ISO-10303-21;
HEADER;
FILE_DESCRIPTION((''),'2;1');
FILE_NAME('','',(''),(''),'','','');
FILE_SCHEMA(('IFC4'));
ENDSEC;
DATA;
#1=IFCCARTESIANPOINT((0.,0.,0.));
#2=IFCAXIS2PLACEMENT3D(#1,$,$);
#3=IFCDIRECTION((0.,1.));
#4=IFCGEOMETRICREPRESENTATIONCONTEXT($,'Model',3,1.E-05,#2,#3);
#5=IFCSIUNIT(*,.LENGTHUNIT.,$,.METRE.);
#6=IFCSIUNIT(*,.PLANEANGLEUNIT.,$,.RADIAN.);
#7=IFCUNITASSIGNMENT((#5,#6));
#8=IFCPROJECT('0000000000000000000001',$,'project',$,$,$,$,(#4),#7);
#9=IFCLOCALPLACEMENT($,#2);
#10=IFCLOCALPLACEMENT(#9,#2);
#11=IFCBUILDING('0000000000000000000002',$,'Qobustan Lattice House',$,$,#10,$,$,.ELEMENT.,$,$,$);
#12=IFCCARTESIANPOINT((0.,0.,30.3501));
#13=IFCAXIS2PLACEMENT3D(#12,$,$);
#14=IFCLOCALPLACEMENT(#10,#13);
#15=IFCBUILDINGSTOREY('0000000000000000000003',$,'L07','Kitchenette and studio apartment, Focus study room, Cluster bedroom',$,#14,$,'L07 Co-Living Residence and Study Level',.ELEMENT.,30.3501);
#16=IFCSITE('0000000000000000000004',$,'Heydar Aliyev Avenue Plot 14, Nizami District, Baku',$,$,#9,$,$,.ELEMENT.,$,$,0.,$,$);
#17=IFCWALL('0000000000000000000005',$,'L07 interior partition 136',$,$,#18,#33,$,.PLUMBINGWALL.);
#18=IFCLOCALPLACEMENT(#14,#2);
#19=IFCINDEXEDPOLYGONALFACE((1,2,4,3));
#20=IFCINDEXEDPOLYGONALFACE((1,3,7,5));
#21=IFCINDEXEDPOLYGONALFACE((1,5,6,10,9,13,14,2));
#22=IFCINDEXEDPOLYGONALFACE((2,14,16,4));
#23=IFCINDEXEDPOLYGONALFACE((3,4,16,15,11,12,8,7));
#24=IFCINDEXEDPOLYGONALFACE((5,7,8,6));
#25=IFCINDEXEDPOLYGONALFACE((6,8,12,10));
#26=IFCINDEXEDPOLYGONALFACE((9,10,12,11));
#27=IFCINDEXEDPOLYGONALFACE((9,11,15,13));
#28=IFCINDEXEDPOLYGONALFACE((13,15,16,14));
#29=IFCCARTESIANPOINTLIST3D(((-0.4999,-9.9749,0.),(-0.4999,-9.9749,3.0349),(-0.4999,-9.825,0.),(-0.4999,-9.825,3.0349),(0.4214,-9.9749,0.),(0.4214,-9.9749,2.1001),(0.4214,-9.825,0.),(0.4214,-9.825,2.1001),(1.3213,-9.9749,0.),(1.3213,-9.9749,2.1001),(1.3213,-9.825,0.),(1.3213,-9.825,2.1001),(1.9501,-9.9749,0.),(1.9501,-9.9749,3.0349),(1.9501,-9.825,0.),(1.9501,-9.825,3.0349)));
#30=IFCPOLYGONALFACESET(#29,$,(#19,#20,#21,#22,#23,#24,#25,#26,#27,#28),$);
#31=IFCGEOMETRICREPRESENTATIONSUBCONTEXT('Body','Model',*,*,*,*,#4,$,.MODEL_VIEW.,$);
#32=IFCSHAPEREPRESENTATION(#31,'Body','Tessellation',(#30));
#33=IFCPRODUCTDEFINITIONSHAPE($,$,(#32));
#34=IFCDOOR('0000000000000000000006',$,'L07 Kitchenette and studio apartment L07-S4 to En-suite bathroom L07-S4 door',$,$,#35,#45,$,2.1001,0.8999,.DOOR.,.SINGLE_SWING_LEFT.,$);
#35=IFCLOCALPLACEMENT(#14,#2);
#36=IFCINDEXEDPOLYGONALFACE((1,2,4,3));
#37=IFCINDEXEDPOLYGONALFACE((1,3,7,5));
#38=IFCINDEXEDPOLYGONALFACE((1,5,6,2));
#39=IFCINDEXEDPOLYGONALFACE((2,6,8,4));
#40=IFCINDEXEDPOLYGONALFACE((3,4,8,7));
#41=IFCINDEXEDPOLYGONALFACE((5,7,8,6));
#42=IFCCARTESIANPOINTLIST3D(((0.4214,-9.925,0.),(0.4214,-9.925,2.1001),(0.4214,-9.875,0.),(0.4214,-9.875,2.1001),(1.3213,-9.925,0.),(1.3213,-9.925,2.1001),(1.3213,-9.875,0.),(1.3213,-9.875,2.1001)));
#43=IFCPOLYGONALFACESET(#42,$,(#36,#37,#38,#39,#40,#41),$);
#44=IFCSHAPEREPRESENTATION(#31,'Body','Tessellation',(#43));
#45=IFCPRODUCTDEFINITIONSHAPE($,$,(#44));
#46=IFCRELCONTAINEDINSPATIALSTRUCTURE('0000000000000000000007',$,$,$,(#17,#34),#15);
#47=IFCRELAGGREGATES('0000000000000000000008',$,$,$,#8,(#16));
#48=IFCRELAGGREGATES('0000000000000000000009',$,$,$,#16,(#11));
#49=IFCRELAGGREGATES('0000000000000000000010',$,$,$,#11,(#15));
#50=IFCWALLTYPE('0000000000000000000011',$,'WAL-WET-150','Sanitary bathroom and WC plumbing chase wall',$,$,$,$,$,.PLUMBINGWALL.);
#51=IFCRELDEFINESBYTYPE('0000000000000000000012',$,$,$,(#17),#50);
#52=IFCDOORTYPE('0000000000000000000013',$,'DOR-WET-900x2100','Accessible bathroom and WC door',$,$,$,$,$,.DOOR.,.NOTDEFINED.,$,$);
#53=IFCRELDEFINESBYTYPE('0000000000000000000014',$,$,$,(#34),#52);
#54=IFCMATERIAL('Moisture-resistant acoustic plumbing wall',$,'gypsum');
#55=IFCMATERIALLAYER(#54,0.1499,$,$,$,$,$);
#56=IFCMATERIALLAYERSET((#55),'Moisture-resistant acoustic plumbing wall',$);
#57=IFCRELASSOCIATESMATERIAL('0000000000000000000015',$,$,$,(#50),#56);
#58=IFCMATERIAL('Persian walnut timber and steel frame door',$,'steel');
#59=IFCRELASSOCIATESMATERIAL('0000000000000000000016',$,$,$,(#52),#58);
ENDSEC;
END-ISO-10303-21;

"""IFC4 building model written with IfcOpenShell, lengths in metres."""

from ifc_helpers import new_model, si_unit, direction, frame, frame_2d, origin, place, context, subcontext, project, spatial, rectangle, extrude, material, layer, layer_set, type_object, element, fill, save


model = new_model("IFC4")

# Units and contexts
model_context = context("Model", 3, precision=1e-05, world=origin(), true_north=direction((0.0, 1.0)))
body_context = subcontext(model_context, "Body", "Model", "MODEL_VIEW")
ifc_project = project(units=[si_unit("LENGTHUNIT", "METRE"), si_unit("PLANEANGLEUNIT", "RADIAN")], contexts=[model_context])

# Site, building, storey
site_placement = place(None, origin())
site = spatial("IfcSite", under=ifc_project, at=site_placement, Name="Heydar Aliyev Avenue Plot 14, Nizami District, Baku", CompositionType="ELEMENT", RefElevation=0.0)
building_placement = place(site_placement, origin())
building = spatial("IfcBuilding", under=site, at=building_placement, Name="Qobustan Lattice House", CompositionType="ELEMENT")
storey_placement = place(building_placement, frame((0.0, 0.0, 30.3501)))
storey = spatial("IfcBuildingStorey", under=building, at=storey_placement, Name="L07", Description="Kitchenette and studio apartment, Focus study room, Cluster bedroom", LongName="L07 Co-Living Residence and Study Level", CompositionType="ELEMENT", Elevation=30.3501)

# Shared definitions
ifc_material_1 = material(Name="Moisture-resistant acoustic plumbing wall", Category="gypsum")
ifc_layer_1 = layer(ifc_material_1, 0.1499)
ifc_layer_set_1 = layer_set([ifc_layer_1], Name="Moisture-resistant acoustic plumbing wall")
wall_type_1 = type_object("IfcWallType", Name="WAL-WET-150", Description="Sanitary bathroom and WC plumbing chase wall", PredefinedType="PLUMBINGWALL", material=ifc_layer_set_1)

# Shared definitions
ifc_material_2 = material(Name="Persian walnut timber and steel frame door", Category="steel")
door_type_1 = type_object("IfcDoorType", Name="DOR-WET-900x2100", Description="Accessible bathroom and WC door", OperationType="NOTDEFINED", PredefinedType="DOOR", material=ifc_material_2)

# Wall, opening, door
wall_1_placement = place(storey_placement, frame((-0.5, -9.8999, 0.0), z_axis=(0.0, 0.0, 1.0), x_axis=(1.0, 0.0, 0.0)))
wall_1 = element("IfcWall", 1, at=wall_1_placement, inside=storey, type_object=wall_type_1, Name="L07 interior partition 136", PredefinedType="PLUMBINGWALL", context=body_context, shape_type="SweptSolid", body=[
    extrude(rectangle(XDim=2.45, YDim=0.1499, at=frame_2d((1.2251, 0.0))), origin(), (0.0, 0.0, 1.0), 3.0349),
])
opening_1_placement = place(wall_1_placement, frame((0.9214, 0.0, 0.0)))
opening_1 = element("IfcOpeningElement", 2, at=opening_1_placement, cuts=wall_1, PredefinedType="OPENING", context=body_context, shape_type="SweptSolid", body=[
    extrude(rectangle(XDim=0.8999, YDim=2.1001, at=frame_2d((0.45, 1.05))), frame((0.0, 0.085, 0.0), z_axis=(0.0, -1.0, 0.0), x_axis=(1.0, 0.0, 0.0)), (0.0, 0.0, 1.0), 0.1699),
])
door_1_placement = place(opening_1_placement, origin())
door_1 = element("IfcDoor", 3, at=door_1_placement, inside=storey, type_object=door_type_1, Name="L07 Kitchenette and studio apartment L07-S4 to En-suite bathroom L07-S4 door", OperationType="SINGLE_SWING_LEFT", OverallHeight=2.1001, OverallWidth=0.8999, PredefinedType="DOOR", context=body_context, shape_type="SweptSolid", body=[
    extrude(rectangle(XDim=0.8999, YDim=2.1001, at=frame_2d((0.45, 1.05))), frame((0.0, 0.0249, 0.0), z_axis=(0.0, -1.0, 0.0), x_axis=(1.0, 0.0, 0.0)), (0.0, 0.0, 1.0), 0.05),
])
fill(opening_1, door_1)

save(model, "model.ifc")
